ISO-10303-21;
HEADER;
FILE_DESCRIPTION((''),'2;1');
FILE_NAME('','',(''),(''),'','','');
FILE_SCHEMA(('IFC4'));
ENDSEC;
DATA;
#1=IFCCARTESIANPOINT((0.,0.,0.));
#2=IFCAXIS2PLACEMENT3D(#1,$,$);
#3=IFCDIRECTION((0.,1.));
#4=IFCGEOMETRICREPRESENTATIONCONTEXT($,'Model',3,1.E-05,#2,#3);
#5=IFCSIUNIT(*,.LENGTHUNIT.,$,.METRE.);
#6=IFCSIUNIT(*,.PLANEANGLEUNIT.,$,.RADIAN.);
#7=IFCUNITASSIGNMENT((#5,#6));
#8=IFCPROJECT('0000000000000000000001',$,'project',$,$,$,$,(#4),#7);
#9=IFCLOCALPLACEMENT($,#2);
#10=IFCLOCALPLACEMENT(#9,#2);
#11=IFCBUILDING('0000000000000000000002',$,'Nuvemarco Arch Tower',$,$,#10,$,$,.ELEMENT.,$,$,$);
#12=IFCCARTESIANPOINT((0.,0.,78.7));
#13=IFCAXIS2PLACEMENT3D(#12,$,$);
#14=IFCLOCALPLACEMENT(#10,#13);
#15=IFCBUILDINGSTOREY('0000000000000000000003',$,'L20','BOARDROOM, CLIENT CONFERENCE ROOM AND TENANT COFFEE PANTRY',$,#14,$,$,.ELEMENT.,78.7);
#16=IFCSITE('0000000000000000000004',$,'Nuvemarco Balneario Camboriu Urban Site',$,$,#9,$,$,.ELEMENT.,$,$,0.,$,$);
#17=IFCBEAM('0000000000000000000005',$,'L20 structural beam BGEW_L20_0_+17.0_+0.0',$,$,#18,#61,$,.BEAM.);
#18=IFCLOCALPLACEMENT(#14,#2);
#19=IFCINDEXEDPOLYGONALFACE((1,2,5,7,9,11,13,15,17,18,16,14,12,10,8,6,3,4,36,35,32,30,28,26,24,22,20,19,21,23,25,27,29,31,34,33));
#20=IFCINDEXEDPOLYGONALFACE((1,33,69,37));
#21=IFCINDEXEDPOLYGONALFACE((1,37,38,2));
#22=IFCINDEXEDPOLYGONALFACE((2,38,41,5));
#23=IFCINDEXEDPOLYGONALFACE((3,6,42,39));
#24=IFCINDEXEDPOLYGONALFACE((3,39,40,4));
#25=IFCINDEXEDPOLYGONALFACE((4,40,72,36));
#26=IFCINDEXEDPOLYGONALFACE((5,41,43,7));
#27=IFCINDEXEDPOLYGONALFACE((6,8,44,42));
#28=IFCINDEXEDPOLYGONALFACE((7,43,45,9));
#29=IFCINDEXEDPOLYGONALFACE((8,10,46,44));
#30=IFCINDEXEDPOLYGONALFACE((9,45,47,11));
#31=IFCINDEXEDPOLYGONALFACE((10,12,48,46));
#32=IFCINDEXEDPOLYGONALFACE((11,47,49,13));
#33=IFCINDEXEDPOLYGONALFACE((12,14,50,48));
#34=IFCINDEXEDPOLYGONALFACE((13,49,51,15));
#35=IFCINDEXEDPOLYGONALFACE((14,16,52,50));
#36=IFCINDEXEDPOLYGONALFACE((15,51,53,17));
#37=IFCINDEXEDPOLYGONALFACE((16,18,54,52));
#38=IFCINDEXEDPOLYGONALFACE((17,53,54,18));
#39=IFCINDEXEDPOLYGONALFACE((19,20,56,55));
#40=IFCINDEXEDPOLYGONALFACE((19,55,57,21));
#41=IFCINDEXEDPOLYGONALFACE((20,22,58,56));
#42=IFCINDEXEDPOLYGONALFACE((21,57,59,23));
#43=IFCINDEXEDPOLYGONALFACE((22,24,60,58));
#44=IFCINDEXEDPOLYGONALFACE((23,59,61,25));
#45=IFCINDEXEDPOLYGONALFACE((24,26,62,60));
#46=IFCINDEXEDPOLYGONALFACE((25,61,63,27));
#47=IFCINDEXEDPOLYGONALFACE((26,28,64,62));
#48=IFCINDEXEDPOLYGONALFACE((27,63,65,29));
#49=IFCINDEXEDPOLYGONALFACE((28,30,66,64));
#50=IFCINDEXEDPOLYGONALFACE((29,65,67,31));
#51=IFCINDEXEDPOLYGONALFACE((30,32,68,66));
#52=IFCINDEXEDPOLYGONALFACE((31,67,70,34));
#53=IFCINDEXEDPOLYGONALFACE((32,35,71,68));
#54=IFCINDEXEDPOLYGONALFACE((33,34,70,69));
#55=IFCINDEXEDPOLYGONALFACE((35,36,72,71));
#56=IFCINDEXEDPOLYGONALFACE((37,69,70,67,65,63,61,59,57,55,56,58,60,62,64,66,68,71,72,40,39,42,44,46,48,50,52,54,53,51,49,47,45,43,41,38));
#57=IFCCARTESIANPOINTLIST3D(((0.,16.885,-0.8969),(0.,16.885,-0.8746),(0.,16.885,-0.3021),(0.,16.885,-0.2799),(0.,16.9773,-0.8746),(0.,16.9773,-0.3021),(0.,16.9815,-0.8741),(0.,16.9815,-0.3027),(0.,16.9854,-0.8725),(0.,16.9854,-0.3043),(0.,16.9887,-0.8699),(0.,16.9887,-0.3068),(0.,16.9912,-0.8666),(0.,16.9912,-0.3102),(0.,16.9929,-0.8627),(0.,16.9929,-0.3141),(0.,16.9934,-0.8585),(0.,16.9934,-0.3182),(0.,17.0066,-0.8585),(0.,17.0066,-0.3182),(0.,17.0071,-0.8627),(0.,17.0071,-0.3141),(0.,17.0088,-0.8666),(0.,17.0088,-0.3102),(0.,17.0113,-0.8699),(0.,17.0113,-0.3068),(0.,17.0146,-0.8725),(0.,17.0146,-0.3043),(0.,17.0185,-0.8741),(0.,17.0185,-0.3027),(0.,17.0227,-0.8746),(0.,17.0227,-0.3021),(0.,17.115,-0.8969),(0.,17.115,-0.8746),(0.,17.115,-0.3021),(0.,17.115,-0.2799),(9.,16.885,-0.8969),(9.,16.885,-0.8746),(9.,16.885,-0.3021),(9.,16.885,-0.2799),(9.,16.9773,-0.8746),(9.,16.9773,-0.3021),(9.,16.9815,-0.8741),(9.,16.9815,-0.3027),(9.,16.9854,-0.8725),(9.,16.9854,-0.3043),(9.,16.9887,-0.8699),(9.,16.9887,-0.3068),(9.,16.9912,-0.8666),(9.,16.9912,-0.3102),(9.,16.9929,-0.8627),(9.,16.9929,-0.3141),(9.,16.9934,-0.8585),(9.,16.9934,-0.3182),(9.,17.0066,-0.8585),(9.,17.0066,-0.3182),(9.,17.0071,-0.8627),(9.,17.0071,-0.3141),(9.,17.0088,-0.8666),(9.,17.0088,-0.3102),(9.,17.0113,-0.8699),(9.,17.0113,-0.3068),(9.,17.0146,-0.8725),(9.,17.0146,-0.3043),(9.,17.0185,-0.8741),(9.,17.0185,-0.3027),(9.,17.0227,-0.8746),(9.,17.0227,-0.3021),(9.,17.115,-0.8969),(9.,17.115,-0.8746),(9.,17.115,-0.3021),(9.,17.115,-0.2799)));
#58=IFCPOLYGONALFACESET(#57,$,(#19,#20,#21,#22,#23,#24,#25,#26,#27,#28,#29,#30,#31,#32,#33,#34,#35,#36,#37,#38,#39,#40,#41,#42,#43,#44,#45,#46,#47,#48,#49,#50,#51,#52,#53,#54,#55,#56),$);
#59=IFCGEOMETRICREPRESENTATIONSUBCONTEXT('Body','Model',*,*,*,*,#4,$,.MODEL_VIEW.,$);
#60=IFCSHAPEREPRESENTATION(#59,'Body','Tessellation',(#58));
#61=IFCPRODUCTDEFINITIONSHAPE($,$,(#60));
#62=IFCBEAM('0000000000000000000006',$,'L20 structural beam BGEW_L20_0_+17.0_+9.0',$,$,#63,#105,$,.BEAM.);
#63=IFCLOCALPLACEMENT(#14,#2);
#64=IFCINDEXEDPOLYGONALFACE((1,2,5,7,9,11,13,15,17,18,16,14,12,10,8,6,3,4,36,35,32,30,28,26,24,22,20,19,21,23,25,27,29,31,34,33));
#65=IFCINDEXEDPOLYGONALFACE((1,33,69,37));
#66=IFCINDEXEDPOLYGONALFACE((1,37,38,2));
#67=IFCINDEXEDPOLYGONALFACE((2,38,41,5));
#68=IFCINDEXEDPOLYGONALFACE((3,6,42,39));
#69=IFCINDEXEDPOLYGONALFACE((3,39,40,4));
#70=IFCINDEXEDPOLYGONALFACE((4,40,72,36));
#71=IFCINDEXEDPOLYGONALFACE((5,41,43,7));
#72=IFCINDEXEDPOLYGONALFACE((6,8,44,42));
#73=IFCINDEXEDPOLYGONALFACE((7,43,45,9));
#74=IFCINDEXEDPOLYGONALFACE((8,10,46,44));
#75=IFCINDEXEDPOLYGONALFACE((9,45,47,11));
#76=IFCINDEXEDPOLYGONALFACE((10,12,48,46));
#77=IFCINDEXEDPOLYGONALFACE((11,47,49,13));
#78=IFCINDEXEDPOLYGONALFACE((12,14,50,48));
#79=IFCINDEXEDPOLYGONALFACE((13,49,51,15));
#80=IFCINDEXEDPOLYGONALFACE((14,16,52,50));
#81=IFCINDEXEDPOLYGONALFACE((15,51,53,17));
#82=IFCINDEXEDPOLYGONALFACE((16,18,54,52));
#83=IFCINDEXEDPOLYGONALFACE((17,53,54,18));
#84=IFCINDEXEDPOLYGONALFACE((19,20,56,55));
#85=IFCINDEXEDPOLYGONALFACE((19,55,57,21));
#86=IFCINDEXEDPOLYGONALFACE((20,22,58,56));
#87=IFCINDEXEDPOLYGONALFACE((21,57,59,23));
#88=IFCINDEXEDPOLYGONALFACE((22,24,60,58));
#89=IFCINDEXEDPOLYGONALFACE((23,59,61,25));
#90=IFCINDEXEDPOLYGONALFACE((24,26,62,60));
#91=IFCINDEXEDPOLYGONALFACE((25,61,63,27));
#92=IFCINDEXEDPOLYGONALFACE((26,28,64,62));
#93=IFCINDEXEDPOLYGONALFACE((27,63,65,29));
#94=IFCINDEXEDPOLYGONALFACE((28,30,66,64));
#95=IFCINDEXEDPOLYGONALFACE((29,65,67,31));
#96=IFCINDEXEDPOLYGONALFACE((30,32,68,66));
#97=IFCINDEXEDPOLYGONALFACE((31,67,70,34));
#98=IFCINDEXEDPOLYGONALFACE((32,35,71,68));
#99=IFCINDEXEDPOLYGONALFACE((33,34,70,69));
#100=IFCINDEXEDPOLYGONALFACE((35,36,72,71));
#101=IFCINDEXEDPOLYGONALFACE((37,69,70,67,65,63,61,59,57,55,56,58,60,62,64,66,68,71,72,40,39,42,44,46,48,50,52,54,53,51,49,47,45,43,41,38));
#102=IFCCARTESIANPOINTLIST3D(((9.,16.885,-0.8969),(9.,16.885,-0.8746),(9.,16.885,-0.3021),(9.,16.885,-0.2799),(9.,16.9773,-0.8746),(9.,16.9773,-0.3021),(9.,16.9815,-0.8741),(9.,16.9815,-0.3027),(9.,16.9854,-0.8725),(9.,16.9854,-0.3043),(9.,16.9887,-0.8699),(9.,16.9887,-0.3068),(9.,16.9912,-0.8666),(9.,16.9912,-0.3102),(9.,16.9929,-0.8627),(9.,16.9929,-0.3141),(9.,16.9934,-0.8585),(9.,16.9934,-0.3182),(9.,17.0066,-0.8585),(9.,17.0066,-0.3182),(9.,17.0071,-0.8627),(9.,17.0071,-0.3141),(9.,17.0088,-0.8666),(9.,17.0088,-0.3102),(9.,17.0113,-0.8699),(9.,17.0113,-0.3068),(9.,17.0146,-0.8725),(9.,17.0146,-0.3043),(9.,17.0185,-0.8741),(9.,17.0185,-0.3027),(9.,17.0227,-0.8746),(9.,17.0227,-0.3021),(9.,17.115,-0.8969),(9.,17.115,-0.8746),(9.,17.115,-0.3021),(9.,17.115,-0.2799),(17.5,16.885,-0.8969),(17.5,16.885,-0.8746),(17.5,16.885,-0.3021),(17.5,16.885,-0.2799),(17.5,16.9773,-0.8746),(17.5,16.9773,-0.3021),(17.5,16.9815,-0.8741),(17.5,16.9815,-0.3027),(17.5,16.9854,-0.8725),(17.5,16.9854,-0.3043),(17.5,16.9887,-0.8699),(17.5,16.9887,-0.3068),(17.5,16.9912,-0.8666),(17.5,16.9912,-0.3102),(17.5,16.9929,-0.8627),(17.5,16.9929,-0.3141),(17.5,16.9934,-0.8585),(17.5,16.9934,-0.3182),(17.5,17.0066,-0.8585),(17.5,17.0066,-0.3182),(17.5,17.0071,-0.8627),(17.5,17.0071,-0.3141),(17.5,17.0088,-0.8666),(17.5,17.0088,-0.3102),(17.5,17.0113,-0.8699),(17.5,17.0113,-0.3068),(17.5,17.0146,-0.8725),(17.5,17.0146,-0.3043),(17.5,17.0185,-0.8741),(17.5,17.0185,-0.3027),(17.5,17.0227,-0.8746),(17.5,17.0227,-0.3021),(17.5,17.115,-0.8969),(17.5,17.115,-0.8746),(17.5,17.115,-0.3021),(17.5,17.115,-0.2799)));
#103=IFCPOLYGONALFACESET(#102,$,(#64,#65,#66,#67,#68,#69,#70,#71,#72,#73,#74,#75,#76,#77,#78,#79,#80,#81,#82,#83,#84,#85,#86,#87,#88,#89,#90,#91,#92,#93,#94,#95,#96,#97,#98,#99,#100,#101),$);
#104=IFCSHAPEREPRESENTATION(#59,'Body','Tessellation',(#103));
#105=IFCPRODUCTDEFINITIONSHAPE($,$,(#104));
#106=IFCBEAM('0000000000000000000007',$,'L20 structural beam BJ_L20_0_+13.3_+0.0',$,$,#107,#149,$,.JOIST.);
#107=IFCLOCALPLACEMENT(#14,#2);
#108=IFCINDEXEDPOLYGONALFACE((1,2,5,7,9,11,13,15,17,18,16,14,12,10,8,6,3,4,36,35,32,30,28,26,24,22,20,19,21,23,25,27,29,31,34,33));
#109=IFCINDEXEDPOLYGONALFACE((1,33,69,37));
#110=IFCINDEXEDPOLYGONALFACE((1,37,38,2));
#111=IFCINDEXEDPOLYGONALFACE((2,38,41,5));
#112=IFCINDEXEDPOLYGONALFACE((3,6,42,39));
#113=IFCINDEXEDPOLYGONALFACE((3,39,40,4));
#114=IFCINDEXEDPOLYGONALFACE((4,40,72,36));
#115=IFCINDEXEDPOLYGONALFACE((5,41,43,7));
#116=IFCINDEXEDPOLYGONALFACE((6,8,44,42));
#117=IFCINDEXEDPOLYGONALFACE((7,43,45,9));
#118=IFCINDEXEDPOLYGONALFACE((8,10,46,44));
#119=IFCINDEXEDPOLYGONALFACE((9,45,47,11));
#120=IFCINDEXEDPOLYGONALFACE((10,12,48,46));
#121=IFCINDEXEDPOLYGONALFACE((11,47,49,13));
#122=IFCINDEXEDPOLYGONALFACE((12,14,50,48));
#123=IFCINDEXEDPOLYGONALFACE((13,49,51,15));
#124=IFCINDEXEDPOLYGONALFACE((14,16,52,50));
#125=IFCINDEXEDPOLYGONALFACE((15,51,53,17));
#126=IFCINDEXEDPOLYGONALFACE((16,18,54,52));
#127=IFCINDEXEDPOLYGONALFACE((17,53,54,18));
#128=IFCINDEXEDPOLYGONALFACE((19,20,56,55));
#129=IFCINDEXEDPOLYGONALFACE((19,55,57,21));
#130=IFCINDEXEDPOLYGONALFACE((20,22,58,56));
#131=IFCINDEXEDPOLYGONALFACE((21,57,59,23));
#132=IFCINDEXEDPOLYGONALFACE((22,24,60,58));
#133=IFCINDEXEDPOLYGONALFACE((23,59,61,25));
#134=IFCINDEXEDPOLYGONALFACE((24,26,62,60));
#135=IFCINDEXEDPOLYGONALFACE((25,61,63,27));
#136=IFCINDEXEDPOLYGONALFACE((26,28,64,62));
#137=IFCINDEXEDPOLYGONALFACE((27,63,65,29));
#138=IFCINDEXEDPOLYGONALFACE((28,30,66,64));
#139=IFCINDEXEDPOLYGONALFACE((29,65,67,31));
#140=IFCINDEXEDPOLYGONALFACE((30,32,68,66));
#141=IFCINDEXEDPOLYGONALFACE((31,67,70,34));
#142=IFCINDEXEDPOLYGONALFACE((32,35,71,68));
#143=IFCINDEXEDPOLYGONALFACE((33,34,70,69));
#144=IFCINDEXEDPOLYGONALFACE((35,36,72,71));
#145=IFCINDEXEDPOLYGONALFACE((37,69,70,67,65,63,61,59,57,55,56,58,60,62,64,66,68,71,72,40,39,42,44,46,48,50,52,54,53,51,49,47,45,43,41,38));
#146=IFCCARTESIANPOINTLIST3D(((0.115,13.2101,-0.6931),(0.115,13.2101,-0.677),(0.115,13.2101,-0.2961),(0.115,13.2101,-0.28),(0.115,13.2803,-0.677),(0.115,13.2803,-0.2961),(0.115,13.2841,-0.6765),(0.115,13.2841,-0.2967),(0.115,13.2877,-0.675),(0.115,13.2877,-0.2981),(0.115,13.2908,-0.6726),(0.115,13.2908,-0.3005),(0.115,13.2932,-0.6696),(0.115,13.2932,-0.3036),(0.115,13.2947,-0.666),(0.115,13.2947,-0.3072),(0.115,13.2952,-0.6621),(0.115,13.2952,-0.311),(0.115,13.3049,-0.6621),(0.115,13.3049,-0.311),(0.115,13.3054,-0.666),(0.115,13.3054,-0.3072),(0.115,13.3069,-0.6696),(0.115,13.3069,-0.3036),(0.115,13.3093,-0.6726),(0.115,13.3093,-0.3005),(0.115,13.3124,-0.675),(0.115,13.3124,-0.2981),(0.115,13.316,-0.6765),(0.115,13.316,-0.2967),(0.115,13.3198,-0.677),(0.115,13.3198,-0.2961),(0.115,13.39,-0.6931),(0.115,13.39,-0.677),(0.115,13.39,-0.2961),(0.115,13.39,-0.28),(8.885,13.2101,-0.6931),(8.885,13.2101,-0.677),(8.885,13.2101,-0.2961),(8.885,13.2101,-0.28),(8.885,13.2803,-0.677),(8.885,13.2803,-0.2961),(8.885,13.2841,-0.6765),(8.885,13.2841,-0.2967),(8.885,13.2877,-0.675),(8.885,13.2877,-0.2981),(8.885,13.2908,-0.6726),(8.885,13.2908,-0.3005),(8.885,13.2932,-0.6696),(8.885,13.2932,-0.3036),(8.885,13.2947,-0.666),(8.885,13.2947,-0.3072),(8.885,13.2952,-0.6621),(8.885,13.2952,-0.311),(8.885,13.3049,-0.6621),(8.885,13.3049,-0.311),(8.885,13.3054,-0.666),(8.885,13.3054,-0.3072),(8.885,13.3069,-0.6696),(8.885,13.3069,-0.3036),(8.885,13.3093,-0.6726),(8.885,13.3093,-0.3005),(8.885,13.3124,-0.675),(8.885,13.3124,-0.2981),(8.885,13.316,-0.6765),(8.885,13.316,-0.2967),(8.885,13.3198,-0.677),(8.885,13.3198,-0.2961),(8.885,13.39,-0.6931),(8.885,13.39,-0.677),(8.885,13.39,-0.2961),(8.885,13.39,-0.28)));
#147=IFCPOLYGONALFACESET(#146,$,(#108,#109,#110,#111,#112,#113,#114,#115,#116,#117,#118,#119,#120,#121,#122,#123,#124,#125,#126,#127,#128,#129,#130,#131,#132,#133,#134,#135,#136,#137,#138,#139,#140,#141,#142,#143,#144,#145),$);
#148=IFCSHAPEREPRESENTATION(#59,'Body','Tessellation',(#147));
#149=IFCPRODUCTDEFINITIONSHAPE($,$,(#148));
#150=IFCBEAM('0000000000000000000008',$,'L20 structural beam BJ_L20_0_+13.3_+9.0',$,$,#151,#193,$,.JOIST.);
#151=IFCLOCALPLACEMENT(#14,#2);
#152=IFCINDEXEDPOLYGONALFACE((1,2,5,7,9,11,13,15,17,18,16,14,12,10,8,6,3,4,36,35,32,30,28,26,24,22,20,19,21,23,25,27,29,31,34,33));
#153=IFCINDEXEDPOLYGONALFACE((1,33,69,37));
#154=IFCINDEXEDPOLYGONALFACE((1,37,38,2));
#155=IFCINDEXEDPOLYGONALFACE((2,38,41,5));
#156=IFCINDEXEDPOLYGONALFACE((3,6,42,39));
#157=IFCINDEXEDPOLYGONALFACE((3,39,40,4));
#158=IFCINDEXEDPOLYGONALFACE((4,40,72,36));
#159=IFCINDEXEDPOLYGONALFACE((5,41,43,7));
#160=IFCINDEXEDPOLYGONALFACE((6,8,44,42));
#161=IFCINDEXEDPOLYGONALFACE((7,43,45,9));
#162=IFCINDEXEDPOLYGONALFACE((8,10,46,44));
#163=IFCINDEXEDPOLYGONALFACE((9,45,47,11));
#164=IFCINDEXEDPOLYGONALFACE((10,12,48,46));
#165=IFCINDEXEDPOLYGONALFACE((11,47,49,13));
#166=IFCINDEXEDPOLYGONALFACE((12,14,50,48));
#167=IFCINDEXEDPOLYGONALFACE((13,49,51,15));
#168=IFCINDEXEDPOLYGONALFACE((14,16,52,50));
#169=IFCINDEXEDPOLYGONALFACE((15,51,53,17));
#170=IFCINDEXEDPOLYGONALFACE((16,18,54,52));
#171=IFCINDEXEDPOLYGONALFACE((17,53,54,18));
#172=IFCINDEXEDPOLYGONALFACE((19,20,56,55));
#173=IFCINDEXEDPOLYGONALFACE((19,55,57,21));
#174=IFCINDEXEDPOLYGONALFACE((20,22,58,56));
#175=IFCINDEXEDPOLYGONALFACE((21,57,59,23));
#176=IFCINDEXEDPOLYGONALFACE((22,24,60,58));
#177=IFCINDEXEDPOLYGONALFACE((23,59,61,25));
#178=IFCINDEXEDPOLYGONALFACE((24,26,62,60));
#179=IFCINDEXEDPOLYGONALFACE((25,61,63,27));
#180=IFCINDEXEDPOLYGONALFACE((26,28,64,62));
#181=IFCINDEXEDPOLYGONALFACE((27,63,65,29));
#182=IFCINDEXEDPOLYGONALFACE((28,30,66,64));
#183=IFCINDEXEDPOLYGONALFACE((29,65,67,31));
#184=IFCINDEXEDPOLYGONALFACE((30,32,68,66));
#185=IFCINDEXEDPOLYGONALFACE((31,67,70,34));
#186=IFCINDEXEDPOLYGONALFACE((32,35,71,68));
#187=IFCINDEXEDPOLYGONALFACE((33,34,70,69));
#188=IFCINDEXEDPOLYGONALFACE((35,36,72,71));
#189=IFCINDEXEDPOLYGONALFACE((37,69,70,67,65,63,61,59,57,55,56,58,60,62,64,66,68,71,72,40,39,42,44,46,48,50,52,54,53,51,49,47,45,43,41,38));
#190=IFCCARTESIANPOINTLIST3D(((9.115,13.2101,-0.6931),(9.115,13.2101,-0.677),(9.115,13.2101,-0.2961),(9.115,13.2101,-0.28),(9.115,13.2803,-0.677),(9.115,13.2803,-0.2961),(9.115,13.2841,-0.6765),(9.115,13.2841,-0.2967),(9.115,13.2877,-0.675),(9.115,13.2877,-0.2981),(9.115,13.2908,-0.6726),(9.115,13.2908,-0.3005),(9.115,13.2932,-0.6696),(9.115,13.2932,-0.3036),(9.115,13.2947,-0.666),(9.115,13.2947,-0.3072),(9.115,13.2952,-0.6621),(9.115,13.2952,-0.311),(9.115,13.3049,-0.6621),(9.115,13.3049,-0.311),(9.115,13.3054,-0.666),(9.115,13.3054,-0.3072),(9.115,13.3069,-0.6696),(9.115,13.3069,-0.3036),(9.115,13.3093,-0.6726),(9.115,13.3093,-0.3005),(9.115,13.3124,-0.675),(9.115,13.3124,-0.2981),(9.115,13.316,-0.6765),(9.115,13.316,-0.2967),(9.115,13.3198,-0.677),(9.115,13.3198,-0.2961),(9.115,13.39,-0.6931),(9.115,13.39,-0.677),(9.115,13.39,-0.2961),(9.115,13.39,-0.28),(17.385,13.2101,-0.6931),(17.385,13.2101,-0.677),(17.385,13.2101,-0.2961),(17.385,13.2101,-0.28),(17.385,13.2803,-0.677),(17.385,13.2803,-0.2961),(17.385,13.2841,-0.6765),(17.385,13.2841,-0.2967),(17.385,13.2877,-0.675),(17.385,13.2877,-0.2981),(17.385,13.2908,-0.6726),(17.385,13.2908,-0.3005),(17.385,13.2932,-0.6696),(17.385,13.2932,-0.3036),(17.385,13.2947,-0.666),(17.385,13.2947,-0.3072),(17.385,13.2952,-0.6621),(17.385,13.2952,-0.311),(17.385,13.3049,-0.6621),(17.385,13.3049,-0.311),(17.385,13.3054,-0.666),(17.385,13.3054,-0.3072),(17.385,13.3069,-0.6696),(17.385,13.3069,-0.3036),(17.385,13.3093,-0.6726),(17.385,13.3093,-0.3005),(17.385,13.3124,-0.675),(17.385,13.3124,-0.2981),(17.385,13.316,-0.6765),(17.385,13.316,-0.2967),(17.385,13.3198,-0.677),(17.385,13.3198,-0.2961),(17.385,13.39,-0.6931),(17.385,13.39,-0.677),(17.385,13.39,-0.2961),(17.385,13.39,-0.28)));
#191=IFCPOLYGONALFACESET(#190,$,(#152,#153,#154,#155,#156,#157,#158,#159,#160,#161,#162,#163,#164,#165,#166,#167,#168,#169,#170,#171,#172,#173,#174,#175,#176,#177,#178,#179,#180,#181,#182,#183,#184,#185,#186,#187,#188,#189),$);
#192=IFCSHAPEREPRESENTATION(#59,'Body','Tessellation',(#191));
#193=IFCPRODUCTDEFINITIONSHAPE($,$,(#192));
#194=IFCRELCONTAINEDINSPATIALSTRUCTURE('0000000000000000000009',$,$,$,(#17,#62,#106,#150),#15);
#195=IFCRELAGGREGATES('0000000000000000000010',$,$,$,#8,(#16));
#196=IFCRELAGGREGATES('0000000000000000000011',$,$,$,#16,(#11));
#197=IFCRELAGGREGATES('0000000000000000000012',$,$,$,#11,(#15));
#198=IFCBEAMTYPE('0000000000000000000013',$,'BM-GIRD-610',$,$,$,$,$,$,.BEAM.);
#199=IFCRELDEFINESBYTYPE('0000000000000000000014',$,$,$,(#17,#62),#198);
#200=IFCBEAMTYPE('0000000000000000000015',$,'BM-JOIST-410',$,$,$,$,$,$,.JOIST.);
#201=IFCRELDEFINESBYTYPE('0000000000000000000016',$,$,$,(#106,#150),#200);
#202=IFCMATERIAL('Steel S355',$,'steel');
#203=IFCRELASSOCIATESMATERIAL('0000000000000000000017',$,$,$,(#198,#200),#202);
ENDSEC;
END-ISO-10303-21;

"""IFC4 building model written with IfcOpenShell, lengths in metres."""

from ifc_helpers import new_model, si_unit, direction, frame, origin, origin_2d, place, context, subcontext, project, spatial, i_section, extrude, material, material_profile, profile_set, type_object, element, save


model = new_model("IFC4")

# Units and contexts
model_context = context("Model", 3, precision=1e-05, world=origin(), true_north=direction((0.0, 1.0)))
body_context = subcontext(model_context, "Body", "Model", "MODEL_VIEW")
ifc_project = project(units=[si_unit("LENGTHUNIT", "METRE"), si_unit("PLANEANGLEUNIT", "RADIAN")], contexts=[model_context])

# Site, building, storey
site_placement = place(None, origin())
site = spatial("IfcSite", under=ifc_project, at=site_placement, Name="Nuvemarco Balneario Camboriu Urban Site", CompositionType="ELEMENT", RefElevation=0.0)
building_placement = place(site_placement, origin())
building = spatial("IfcBuilding", under=site, at=building_placement, Name="Nuvemarco Arch Tower", CompositionType="ELEMENT")
storey_placement = place(building_placement, frame((0.0, 0.0, 78.7)))
storey = spatial("IfcBuildingStorey", under=building, at=storey_placement, Name="L20", Description="BOARDROOM, CLIENT CONFERENCE ROOM AND TENANT COFFEE PANTRY", CompositionType="ELEMENT", Elevation=78.7)

# Shared definitions
ifc_material_1 = material(Name="Steel S355", Category="steel")

# Beams
ifc_material_profile_1 = material_profile(ifc_material_1, i_section(OverallWidth=0.23, OverallDepth=0.6169, WebThickness=0.0132, FlangeThickness=0.0222, FilletRadius=0.0161, at=origin_2d()), Name="W610x140")
ifc_profile_set_1 = profile_set([ifc_material_profile_1], Name="Steel S355")
beam_type_1 = type_object("IfcBeamType", Name="BM-GIRD-610", PredefinedType="BEAM", material=ifc_profile_set_1)
beam_1_placement = place(storey_placement, frame((0.0, 17.0, -0.5884), z_axis=(1.0, 0.0, 0.0), x_axis=(0.0, 1.0, 0.0)))
element("IfcBeam", 1, at=beam_1_placement, inside=storey, type_object=beam_type_1, Name="L20 structural beam BGEW_L20_0_+17.0_+0.0", PredefinedType="BEAM", context=body_context, shape_type="SweptSolid", body=[
    extrude(i_section(OverallWidth=0.23, OverallDepth=0.6169, WebThickness=0.0132, FlangeThickness=0.0222, FilletRadius=0.0161, at=origin_2d()), origin(), (0.0, 0.0, 1.0), 9.0),
])
beam_2_placement = place(storey_placement, frame((9.0, 17.0, -0.5884), z_axis=(1.0, 0.0, 0.0), x_axis=(0.0, 1.0, 0.0)))
element("IfcBeam", 2, at=beam_2_placement, inside=storey, type_object=beam_type_1, Name="L20 structural beam BGEW_L20_0_+17.0_+9.0", PredefinedType="BEAM", context=body_context, shape_type="SweptSolid", body=[
    extrude(i_section(OverallWidth=0.23, OverallDepth=0.6169, WebThickness=0.0132, FlangeThickness=0.0222, FilletRadius=0.0161, at=origin_2d()), origin(), (0.0, 0.0, 1.0), 8.5),
])
ifc_material_profile_2 = material_profile(ifc_material_1, i_section(OverallWidth=0.1799, OverallDepth=0.4131, WebThickness=0.0098, FlangeThickness=0.0161, FilletRadius=0.0149, at=origin_2d()), Name="W410x75")
ifc_profile_set_2 = profile_set([ifc_material_profile_2], Name="Steel S355")
beam_type_2 = type_object("IfcBeamType", Name="BM-JOIST-410", PredefinedType="JOIST", material=ifc_profile_set_2)
beam_3_placement = place(storey_placement, frame((0.115, 13.3, -0.4866), z_axis=(1.0, 0.0, 0.0), x_axis=(0.0, 1.0, 0.0)))
element("IfcBeam", 3, at=beam_3_placement, inside=storey, type_object=beam_type_2, Name="L20 structural beam BJ_L20_0_+13.3_+0.0", PredefinedType="JOIST", context=body_context, shape_type="SweptSolid", body=[
    extrude(i_section(OverallWidth=0.1799, OverallDepth=0.4131, WebThickness=0.0098, FlangeThickness=0.0161, FilletRadius=0.0149, at=origin_2d()), origin(), (0.0, 0.0, 1.0), 8.77),
])
beam_4_placement = place(storey_placement, frame((9.115, 13.3, -0.4866), z_axis=(1.0, 0.0, 0.0), x_axis=(0.0, 1.0, 0.0)))
element("IfcBeam", 4, at=beam_4_placement, inside=storey, type_object=beam_type_2, Name="L20 structural beam BJ_L20_0_+13.3_+9.0", PredefinedType="JOIST", context=body_context, shape_type="SweptSolid", body=[
    extrude(i_section(OverallWidth=0.1799, OverallDepth=0.4131, WebThickness=0.0098, FlangeThickness=0.0161, FilletRadius=0.0149, at=origin_2d()), origin(), (0.0, 0.0, 1.0), 8.27),
])

save(model, "model.ifc")
